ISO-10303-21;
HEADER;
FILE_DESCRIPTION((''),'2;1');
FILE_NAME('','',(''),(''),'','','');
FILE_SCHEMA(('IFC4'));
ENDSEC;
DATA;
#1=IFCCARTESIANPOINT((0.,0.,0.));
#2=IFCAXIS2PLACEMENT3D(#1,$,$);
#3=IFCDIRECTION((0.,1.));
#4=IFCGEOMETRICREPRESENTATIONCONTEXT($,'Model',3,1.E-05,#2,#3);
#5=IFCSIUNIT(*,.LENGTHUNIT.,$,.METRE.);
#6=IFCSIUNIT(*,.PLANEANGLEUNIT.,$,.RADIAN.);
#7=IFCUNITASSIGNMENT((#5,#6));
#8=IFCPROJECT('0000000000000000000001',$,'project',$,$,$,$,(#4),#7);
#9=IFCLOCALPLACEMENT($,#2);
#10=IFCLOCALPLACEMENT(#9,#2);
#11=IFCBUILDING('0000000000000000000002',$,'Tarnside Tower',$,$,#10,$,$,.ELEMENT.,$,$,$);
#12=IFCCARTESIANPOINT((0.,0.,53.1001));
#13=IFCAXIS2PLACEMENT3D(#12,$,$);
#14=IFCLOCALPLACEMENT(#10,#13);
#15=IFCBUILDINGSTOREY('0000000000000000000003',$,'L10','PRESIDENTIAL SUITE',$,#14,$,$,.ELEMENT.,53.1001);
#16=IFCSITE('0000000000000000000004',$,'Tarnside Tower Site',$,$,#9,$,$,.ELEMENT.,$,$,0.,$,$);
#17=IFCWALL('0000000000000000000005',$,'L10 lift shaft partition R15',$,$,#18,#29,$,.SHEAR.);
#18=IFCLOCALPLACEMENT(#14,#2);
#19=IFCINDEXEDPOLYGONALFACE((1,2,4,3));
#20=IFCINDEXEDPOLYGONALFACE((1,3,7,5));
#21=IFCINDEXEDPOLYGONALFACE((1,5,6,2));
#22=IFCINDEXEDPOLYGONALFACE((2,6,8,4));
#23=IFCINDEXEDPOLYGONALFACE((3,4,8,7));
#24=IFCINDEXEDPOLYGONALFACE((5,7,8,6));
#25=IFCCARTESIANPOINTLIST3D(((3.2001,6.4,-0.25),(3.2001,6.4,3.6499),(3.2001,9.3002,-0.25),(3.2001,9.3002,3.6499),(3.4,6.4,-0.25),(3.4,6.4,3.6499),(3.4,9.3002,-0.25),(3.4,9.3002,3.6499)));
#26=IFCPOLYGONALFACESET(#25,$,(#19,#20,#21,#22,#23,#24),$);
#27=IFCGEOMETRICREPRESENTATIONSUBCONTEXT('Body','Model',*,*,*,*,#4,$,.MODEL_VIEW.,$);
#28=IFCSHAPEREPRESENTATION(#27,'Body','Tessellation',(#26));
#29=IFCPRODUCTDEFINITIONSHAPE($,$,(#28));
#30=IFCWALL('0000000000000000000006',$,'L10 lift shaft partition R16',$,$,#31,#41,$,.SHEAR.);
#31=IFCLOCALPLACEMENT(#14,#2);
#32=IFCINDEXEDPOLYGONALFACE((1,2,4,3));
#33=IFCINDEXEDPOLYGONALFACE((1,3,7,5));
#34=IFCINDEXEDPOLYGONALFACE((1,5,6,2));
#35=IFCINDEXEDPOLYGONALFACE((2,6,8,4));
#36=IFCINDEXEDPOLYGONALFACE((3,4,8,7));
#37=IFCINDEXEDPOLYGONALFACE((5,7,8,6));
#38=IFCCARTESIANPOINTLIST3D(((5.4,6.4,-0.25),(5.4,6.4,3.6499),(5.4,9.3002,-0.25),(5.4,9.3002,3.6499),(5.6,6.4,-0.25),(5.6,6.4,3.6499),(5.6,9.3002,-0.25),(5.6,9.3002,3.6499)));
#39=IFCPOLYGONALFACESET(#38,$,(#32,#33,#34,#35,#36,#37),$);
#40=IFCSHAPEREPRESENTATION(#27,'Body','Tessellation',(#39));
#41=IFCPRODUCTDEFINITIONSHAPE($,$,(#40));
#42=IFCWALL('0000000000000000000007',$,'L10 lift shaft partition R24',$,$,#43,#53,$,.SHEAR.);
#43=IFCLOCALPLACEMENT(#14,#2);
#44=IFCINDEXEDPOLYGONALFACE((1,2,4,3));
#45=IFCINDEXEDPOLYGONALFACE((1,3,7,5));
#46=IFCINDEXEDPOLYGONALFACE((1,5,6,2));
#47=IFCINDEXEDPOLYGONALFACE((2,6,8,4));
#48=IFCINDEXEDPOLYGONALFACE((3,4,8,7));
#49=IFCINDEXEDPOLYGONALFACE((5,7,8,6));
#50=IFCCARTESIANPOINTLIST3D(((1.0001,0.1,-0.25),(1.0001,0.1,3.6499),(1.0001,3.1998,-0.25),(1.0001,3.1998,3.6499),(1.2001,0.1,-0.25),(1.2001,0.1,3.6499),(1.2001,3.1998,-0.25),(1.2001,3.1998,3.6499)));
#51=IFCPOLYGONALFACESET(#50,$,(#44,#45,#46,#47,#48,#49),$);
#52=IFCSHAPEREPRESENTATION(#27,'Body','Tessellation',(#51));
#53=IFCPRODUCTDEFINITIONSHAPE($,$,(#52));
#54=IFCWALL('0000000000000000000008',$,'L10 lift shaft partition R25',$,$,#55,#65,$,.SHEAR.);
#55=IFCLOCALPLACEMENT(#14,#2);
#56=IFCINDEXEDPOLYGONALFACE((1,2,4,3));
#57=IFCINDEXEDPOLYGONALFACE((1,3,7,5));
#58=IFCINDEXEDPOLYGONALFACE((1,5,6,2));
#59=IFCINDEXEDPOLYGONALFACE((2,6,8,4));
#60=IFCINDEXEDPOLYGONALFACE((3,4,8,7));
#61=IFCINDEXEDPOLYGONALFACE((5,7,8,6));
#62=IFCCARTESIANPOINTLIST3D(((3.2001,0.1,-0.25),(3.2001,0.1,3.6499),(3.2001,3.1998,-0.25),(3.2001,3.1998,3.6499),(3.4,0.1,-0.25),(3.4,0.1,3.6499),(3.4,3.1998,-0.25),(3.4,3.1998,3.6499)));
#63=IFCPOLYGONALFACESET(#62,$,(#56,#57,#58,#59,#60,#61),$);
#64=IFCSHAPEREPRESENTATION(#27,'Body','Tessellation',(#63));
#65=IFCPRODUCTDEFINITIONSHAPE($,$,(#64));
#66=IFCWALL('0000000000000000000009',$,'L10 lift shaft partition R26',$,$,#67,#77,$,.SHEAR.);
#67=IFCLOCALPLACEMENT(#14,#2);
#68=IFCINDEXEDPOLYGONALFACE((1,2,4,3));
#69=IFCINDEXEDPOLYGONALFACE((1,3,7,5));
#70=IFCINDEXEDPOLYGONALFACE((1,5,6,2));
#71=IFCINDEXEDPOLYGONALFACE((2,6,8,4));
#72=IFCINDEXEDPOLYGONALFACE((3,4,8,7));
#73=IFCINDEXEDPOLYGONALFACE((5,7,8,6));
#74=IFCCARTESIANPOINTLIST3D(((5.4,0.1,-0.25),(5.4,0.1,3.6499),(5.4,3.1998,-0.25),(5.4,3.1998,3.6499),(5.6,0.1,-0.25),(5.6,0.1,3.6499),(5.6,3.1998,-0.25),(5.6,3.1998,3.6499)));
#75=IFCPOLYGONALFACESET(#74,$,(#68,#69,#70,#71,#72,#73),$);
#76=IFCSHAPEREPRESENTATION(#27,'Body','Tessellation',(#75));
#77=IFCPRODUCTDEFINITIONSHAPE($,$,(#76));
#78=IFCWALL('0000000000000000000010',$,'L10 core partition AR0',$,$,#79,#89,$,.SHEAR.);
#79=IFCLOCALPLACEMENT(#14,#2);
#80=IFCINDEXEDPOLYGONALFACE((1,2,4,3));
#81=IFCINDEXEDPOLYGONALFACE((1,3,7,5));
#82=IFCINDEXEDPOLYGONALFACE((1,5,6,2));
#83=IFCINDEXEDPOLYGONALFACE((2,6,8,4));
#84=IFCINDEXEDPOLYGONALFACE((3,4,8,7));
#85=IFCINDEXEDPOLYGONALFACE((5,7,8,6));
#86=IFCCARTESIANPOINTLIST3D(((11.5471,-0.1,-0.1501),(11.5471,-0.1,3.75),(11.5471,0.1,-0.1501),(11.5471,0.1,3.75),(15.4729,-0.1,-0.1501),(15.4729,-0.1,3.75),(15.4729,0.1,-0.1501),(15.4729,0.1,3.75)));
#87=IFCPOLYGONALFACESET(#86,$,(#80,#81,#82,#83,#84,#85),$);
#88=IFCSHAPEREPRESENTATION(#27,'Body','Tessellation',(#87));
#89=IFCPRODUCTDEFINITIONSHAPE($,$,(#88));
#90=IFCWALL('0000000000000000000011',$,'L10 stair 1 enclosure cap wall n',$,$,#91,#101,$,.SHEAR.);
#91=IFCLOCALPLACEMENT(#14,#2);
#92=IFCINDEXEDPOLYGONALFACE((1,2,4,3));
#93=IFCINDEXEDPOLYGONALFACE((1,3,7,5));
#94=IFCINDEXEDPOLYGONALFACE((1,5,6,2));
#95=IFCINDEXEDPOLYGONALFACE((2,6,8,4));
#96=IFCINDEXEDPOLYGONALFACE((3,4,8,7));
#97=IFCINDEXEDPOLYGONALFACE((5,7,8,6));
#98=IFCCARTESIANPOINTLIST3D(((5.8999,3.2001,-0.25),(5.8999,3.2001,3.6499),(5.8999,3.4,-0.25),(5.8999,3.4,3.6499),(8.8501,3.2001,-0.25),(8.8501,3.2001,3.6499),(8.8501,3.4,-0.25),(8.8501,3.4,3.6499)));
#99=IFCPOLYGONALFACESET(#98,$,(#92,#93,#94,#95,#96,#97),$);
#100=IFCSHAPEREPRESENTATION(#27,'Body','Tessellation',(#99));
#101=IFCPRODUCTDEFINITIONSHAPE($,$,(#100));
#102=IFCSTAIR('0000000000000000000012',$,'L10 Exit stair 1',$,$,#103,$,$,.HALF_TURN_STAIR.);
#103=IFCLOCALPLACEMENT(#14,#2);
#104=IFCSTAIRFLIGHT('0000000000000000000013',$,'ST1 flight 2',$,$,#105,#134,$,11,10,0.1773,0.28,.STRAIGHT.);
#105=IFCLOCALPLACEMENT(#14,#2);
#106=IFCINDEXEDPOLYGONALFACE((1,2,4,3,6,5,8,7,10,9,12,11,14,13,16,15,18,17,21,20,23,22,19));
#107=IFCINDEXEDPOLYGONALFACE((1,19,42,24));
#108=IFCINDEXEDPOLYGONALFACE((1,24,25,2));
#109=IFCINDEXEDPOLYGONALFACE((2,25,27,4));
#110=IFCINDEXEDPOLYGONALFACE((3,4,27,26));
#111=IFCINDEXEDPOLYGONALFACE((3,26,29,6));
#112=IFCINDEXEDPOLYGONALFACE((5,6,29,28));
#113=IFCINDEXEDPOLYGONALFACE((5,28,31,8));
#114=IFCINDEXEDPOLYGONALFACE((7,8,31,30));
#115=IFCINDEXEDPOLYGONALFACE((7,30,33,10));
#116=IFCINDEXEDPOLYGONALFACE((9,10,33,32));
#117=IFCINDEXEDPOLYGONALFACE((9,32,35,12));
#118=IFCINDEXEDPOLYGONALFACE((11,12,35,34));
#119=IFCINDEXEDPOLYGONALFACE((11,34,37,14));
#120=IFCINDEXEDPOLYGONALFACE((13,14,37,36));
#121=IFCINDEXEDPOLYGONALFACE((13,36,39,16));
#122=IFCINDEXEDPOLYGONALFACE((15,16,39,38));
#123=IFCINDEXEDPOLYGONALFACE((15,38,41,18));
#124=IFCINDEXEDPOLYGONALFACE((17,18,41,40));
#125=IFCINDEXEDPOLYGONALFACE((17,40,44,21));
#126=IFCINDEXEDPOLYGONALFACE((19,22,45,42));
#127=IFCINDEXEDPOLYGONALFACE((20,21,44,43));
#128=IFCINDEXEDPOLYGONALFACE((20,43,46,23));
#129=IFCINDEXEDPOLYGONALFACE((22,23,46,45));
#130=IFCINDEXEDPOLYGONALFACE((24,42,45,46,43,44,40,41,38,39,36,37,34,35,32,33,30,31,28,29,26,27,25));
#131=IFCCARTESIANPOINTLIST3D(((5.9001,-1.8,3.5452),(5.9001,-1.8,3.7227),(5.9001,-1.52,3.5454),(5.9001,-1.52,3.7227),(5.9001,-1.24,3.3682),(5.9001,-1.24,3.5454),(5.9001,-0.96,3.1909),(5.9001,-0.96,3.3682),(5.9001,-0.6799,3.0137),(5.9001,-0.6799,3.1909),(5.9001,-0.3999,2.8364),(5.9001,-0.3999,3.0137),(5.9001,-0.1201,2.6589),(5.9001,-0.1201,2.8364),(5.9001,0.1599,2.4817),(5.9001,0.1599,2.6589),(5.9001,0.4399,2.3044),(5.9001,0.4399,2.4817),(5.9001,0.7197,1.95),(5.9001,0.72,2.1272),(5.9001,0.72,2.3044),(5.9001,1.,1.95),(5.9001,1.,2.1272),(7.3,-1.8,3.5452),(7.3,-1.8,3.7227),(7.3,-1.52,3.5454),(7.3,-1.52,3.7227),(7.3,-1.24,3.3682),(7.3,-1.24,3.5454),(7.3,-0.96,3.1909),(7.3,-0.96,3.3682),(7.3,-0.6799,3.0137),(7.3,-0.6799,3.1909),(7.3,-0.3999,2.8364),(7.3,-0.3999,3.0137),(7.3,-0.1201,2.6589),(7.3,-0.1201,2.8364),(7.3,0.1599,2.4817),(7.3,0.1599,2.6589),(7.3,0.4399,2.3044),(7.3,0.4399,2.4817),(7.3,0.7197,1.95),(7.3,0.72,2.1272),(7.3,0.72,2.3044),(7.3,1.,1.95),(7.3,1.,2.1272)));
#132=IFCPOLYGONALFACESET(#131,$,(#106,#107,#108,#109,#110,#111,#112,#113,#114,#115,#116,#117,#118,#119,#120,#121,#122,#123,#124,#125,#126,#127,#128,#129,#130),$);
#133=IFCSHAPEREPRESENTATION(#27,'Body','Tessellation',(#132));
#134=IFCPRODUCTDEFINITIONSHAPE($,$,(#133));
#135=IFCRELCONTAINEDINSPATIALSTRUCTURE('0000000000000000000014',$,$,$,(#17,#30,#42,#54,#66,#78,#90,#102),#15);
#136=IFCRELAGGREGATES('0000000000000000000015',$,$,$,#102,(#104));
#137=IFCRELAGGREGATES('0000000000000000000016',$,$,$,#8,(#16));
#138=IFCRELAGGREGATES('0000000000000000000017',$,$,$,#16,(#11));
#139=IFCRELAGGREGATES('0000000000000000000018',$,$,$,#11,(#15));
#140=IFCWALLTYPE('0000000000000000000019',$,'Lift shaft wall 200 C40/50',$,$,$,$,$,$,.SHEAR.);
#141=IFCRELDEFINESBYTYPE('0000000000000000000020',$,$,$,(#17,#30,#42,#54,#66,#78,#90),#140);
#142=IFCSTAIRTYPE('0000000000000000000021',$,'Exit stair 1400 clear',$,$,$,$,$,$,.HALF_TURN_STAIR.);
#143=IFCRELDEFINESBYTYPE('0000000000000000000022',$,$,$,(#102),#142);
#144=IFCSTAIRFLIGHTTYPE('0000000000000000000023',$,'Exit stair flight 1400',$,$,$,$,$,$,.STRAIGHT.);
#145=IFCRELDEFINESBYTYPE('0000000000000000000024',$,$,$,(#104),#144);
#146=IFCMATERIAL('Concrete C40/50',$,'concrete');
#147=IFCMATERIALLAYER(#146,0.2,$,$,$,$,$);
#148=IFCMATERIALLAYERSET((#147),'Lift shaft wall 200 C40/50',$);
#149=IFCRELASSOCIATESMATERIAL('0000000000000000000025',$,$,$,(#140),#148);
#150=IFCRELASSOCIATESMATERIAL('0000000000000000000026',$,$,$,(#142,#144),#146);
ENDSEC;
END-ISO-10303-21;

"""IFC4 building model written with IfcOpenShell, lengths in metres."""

from ifc_helpers import new_model, si_unit, direction, frame, frame_2d, origin, place, context, subcontext, project, spatial, polyline, rectangle, outline, extrude, material, layer, layer_set, type_object, element, aggregate, save


model = new_model("IFC4")

# Units and contexts
model_context = context("Model", 3, precision=1e-05, world=origin(), true_north=direction((0.0, 1.0)))
body_context = subcontext(model_context, "Body", "Model", "MODEL_VIEW")
ifc_project = project(units=[si_unit("LENGTHUNIT", "METRE"), si_unit("PLANEANGLEUNIT", "RADIAN")], contexts=[model_context])

# Site, building, storey
site_placement = place(None, origin())
site = spatial("IfcSite", under=ifc_project, at=site_placement, Name="Tarnside Tower Site", CompositionType="ELEMENT", RefElevation=0.0)
building_placement = place(site_placement, origin())
building = spatial("IfcBuilding", under=site, at=building_placement, Name="Tarnside Tower", CompositionType="ELEMENT")
storey_placement = place(building_placement, frame((0.0, 0.0, 53.1001)))
storey = spatial("IfcBuildingStorey", under=building, at=storey_placement, Name="L10", Description="PRESIDENTIAL SUITE", CompositionType="ELEMENT", Elevation=53.1001)

# Shared definitions
ifc_material_1 = material(Name="Concrete C40/50", Category="concrete")

# Walls
ifc_layer_1 = layer(ifc_material_1, 0.2)
ifc_layer_set_1 = layer_set([ifc_layer_1], Name="Lift shaft wall 200 C40/50")
wall_type_1 = type_object("IfcWallType", Name="Lift shaft wall 200 C40/50", PredefinedType="SHEAR", material=ifc_layer_set_1)
for number, where, z_axis, x_axis, name in (
    (1, (3.3, 6.3999, -0.25), (0.0, 0.0, 1.0), (0.0, 1.0, 0.0), "L10 lift shaft partition R15"),
    (2, (5.5, 6.3999, -0.25), (0.0, 0.0, 1.0), (0.0, 1.0, 0.0), "L10 lift shaft partition R16"),
):
    element("IfcWall", number, at=place(storey_placement, frame(where, z_axis=z_axis, x_axis=x_axis)), inside=storey, type_object=wall_type_1, Name=name, PredefinedType="SHEAR", context=body_context, shape_type="SweptSolid", body=[
        extrude(rectangle(XDim=2.9001, YDim=0.2, at=frame_2d((1.4502, 0.0))), origin(), (0.0, 0.0, 1.0), 3.8999),
    ])
for number, where, z_axis, x_axis, name in (
    (3, (1.1001, 0.1001, -0.25), (0.0, 0.0, 1.0), (0.0, 1.0, 0.0), "L10 lift shaft partition R24"),
    (4, (3.3, 0.1001, -0.25), (0.0, 0.0, 1.0), (0.0, 1.0, 0.0), "L10 lift shaft partition R25"),
    (5, (5.5, 0.1001, -0.25), (0.0, 0.0, 1.0), (0.0, 1.0, 0.0), "L10 lift shaft partition R26"),
):
    element("IfcWall", number, at=place(storey_placement, frame(where, z_axis=z_axis, x_axis=x_axis)), inside=storey, type_object=wall_type_1, Name=name, PredefinedType="SHEAR", context=body_context, shape_type="SweptSolid", body=[
        extrude(rectangle(XDim=3.0999, YDim=0.2, at=frame_2d((1.5498, 0.0))), origin(), (0.0, 0.0, 1.0), 3.8999),
    ])
wall_1_placement = place(storey_placement, frame((11.5471, 0.0, -0.1501), z_axis=(0.0, 0.0, 1.0), x_axis=(1.0, 0.0, 0.0)))
element("IfcWall", 6, at=wall_1_placement, inside=storey, type_object=wall_type_1, Name="L10 core partition AR0", PredefinedType="SHEAR", context=body_context, shape_type="SweptSolid", body=[
    extrude(rectangle(XDim=3.9258, YDim=0.2, at=frame_2d((1.9629, 0.0))), origin(), (0.0, 0.0, 1.0), 3.9001),
])
wall_2_placement = place(storey_placement, frame((5.8999, 3.3, -0.25), z_axis=(0.0, 0.0, 1.0), x_axis=(1.0, 0.0, 0.0)))
element("IfcWall", 7, at=wall_2_placement, inside=storey, type_object=wall_type_1, Name="L10 stair 1 enclosure cap wall n", PredefinedType="SHEAR", context=body_context, shape_type="SweptSolid", body=[
    extrude(rectangle(XDim=2.9502, YDim=0.2, at=frame_2d((1.4751, 0.0))), origin(), (0.0, 0.0, 1.0), 3.8999),
])

# Stair, stair flight
stair_type = type_object("IfcStairType", Name="Exit stair 1400 clear", PredefinedType="HALF_TURN_STAIR", material=ifc_material_1)
stair_placement = place(storey_placement, origin())
stair = element("IfcStair", 8, at=stair_placement, inside=storey, type_object=stair_type, Name="L10 Exit stair 1", PredefinedType="HALF_TURN_STAIR")
stair_flight_type = type_object("IfcStairFlightType", Name="Exit stair flight 1400", PredefinedType="STRAIGHT", material=ifc_material_1)
stair_flight_placement = place(storey_placement, frame((6.6001, 1.0, 1.95), z_axis=(0.0, 0.0, 1.0), x_axis=(0.0, -1.0, 0.0)))
stair_flight = element("IfcStairFlight", 9, at=stair_flight_placement, type_object=stair_flight_type, Name="ST1 flight 2", NumberOfRisers=11, NumberOfTreads=10, PredefinedType="STRAIGHT", RiserHeight=0.1773, TreadLength=0.28, context=body_context, shape_type="SweptSolid", body=[
    extrude(outline(polyline([(0.0, 0.0), (0.0, 0.1772), (0.28, 0.1772), (0.28, 0.3545), (0.5601, 0.3545), (0.5601, 0.5317), (0.8401, 0.5317), (0.8401, 0.709), (1.1201, 0.709), (1.1201, 0.8865), (1.3999, 0.8865), (1.3999, 1.0637), (1.6799, 1.0637), (1.6799, 1.241), (1.96, 1.241), (1.96, 1.4182), (2.24, 1.4182), (2.24, 1.5955), (2.52, 1.5955), (2.52, 1.7727), (2.8, 1.7727), (2.8, 1.95), (2.8, 1.5952), (0.2803, 0.0), (0.0, 0.0)])), frame((0.0, 0.7, 0.0), z_axis=(0.0, -1.0, 0.0), x_axis=(1.0, 0.0, 0.0)), (0.0, 0.0, 1.0), 1.3999),
])
aggregate(stair, [stair_flight])

save(model, "model.ifc")
